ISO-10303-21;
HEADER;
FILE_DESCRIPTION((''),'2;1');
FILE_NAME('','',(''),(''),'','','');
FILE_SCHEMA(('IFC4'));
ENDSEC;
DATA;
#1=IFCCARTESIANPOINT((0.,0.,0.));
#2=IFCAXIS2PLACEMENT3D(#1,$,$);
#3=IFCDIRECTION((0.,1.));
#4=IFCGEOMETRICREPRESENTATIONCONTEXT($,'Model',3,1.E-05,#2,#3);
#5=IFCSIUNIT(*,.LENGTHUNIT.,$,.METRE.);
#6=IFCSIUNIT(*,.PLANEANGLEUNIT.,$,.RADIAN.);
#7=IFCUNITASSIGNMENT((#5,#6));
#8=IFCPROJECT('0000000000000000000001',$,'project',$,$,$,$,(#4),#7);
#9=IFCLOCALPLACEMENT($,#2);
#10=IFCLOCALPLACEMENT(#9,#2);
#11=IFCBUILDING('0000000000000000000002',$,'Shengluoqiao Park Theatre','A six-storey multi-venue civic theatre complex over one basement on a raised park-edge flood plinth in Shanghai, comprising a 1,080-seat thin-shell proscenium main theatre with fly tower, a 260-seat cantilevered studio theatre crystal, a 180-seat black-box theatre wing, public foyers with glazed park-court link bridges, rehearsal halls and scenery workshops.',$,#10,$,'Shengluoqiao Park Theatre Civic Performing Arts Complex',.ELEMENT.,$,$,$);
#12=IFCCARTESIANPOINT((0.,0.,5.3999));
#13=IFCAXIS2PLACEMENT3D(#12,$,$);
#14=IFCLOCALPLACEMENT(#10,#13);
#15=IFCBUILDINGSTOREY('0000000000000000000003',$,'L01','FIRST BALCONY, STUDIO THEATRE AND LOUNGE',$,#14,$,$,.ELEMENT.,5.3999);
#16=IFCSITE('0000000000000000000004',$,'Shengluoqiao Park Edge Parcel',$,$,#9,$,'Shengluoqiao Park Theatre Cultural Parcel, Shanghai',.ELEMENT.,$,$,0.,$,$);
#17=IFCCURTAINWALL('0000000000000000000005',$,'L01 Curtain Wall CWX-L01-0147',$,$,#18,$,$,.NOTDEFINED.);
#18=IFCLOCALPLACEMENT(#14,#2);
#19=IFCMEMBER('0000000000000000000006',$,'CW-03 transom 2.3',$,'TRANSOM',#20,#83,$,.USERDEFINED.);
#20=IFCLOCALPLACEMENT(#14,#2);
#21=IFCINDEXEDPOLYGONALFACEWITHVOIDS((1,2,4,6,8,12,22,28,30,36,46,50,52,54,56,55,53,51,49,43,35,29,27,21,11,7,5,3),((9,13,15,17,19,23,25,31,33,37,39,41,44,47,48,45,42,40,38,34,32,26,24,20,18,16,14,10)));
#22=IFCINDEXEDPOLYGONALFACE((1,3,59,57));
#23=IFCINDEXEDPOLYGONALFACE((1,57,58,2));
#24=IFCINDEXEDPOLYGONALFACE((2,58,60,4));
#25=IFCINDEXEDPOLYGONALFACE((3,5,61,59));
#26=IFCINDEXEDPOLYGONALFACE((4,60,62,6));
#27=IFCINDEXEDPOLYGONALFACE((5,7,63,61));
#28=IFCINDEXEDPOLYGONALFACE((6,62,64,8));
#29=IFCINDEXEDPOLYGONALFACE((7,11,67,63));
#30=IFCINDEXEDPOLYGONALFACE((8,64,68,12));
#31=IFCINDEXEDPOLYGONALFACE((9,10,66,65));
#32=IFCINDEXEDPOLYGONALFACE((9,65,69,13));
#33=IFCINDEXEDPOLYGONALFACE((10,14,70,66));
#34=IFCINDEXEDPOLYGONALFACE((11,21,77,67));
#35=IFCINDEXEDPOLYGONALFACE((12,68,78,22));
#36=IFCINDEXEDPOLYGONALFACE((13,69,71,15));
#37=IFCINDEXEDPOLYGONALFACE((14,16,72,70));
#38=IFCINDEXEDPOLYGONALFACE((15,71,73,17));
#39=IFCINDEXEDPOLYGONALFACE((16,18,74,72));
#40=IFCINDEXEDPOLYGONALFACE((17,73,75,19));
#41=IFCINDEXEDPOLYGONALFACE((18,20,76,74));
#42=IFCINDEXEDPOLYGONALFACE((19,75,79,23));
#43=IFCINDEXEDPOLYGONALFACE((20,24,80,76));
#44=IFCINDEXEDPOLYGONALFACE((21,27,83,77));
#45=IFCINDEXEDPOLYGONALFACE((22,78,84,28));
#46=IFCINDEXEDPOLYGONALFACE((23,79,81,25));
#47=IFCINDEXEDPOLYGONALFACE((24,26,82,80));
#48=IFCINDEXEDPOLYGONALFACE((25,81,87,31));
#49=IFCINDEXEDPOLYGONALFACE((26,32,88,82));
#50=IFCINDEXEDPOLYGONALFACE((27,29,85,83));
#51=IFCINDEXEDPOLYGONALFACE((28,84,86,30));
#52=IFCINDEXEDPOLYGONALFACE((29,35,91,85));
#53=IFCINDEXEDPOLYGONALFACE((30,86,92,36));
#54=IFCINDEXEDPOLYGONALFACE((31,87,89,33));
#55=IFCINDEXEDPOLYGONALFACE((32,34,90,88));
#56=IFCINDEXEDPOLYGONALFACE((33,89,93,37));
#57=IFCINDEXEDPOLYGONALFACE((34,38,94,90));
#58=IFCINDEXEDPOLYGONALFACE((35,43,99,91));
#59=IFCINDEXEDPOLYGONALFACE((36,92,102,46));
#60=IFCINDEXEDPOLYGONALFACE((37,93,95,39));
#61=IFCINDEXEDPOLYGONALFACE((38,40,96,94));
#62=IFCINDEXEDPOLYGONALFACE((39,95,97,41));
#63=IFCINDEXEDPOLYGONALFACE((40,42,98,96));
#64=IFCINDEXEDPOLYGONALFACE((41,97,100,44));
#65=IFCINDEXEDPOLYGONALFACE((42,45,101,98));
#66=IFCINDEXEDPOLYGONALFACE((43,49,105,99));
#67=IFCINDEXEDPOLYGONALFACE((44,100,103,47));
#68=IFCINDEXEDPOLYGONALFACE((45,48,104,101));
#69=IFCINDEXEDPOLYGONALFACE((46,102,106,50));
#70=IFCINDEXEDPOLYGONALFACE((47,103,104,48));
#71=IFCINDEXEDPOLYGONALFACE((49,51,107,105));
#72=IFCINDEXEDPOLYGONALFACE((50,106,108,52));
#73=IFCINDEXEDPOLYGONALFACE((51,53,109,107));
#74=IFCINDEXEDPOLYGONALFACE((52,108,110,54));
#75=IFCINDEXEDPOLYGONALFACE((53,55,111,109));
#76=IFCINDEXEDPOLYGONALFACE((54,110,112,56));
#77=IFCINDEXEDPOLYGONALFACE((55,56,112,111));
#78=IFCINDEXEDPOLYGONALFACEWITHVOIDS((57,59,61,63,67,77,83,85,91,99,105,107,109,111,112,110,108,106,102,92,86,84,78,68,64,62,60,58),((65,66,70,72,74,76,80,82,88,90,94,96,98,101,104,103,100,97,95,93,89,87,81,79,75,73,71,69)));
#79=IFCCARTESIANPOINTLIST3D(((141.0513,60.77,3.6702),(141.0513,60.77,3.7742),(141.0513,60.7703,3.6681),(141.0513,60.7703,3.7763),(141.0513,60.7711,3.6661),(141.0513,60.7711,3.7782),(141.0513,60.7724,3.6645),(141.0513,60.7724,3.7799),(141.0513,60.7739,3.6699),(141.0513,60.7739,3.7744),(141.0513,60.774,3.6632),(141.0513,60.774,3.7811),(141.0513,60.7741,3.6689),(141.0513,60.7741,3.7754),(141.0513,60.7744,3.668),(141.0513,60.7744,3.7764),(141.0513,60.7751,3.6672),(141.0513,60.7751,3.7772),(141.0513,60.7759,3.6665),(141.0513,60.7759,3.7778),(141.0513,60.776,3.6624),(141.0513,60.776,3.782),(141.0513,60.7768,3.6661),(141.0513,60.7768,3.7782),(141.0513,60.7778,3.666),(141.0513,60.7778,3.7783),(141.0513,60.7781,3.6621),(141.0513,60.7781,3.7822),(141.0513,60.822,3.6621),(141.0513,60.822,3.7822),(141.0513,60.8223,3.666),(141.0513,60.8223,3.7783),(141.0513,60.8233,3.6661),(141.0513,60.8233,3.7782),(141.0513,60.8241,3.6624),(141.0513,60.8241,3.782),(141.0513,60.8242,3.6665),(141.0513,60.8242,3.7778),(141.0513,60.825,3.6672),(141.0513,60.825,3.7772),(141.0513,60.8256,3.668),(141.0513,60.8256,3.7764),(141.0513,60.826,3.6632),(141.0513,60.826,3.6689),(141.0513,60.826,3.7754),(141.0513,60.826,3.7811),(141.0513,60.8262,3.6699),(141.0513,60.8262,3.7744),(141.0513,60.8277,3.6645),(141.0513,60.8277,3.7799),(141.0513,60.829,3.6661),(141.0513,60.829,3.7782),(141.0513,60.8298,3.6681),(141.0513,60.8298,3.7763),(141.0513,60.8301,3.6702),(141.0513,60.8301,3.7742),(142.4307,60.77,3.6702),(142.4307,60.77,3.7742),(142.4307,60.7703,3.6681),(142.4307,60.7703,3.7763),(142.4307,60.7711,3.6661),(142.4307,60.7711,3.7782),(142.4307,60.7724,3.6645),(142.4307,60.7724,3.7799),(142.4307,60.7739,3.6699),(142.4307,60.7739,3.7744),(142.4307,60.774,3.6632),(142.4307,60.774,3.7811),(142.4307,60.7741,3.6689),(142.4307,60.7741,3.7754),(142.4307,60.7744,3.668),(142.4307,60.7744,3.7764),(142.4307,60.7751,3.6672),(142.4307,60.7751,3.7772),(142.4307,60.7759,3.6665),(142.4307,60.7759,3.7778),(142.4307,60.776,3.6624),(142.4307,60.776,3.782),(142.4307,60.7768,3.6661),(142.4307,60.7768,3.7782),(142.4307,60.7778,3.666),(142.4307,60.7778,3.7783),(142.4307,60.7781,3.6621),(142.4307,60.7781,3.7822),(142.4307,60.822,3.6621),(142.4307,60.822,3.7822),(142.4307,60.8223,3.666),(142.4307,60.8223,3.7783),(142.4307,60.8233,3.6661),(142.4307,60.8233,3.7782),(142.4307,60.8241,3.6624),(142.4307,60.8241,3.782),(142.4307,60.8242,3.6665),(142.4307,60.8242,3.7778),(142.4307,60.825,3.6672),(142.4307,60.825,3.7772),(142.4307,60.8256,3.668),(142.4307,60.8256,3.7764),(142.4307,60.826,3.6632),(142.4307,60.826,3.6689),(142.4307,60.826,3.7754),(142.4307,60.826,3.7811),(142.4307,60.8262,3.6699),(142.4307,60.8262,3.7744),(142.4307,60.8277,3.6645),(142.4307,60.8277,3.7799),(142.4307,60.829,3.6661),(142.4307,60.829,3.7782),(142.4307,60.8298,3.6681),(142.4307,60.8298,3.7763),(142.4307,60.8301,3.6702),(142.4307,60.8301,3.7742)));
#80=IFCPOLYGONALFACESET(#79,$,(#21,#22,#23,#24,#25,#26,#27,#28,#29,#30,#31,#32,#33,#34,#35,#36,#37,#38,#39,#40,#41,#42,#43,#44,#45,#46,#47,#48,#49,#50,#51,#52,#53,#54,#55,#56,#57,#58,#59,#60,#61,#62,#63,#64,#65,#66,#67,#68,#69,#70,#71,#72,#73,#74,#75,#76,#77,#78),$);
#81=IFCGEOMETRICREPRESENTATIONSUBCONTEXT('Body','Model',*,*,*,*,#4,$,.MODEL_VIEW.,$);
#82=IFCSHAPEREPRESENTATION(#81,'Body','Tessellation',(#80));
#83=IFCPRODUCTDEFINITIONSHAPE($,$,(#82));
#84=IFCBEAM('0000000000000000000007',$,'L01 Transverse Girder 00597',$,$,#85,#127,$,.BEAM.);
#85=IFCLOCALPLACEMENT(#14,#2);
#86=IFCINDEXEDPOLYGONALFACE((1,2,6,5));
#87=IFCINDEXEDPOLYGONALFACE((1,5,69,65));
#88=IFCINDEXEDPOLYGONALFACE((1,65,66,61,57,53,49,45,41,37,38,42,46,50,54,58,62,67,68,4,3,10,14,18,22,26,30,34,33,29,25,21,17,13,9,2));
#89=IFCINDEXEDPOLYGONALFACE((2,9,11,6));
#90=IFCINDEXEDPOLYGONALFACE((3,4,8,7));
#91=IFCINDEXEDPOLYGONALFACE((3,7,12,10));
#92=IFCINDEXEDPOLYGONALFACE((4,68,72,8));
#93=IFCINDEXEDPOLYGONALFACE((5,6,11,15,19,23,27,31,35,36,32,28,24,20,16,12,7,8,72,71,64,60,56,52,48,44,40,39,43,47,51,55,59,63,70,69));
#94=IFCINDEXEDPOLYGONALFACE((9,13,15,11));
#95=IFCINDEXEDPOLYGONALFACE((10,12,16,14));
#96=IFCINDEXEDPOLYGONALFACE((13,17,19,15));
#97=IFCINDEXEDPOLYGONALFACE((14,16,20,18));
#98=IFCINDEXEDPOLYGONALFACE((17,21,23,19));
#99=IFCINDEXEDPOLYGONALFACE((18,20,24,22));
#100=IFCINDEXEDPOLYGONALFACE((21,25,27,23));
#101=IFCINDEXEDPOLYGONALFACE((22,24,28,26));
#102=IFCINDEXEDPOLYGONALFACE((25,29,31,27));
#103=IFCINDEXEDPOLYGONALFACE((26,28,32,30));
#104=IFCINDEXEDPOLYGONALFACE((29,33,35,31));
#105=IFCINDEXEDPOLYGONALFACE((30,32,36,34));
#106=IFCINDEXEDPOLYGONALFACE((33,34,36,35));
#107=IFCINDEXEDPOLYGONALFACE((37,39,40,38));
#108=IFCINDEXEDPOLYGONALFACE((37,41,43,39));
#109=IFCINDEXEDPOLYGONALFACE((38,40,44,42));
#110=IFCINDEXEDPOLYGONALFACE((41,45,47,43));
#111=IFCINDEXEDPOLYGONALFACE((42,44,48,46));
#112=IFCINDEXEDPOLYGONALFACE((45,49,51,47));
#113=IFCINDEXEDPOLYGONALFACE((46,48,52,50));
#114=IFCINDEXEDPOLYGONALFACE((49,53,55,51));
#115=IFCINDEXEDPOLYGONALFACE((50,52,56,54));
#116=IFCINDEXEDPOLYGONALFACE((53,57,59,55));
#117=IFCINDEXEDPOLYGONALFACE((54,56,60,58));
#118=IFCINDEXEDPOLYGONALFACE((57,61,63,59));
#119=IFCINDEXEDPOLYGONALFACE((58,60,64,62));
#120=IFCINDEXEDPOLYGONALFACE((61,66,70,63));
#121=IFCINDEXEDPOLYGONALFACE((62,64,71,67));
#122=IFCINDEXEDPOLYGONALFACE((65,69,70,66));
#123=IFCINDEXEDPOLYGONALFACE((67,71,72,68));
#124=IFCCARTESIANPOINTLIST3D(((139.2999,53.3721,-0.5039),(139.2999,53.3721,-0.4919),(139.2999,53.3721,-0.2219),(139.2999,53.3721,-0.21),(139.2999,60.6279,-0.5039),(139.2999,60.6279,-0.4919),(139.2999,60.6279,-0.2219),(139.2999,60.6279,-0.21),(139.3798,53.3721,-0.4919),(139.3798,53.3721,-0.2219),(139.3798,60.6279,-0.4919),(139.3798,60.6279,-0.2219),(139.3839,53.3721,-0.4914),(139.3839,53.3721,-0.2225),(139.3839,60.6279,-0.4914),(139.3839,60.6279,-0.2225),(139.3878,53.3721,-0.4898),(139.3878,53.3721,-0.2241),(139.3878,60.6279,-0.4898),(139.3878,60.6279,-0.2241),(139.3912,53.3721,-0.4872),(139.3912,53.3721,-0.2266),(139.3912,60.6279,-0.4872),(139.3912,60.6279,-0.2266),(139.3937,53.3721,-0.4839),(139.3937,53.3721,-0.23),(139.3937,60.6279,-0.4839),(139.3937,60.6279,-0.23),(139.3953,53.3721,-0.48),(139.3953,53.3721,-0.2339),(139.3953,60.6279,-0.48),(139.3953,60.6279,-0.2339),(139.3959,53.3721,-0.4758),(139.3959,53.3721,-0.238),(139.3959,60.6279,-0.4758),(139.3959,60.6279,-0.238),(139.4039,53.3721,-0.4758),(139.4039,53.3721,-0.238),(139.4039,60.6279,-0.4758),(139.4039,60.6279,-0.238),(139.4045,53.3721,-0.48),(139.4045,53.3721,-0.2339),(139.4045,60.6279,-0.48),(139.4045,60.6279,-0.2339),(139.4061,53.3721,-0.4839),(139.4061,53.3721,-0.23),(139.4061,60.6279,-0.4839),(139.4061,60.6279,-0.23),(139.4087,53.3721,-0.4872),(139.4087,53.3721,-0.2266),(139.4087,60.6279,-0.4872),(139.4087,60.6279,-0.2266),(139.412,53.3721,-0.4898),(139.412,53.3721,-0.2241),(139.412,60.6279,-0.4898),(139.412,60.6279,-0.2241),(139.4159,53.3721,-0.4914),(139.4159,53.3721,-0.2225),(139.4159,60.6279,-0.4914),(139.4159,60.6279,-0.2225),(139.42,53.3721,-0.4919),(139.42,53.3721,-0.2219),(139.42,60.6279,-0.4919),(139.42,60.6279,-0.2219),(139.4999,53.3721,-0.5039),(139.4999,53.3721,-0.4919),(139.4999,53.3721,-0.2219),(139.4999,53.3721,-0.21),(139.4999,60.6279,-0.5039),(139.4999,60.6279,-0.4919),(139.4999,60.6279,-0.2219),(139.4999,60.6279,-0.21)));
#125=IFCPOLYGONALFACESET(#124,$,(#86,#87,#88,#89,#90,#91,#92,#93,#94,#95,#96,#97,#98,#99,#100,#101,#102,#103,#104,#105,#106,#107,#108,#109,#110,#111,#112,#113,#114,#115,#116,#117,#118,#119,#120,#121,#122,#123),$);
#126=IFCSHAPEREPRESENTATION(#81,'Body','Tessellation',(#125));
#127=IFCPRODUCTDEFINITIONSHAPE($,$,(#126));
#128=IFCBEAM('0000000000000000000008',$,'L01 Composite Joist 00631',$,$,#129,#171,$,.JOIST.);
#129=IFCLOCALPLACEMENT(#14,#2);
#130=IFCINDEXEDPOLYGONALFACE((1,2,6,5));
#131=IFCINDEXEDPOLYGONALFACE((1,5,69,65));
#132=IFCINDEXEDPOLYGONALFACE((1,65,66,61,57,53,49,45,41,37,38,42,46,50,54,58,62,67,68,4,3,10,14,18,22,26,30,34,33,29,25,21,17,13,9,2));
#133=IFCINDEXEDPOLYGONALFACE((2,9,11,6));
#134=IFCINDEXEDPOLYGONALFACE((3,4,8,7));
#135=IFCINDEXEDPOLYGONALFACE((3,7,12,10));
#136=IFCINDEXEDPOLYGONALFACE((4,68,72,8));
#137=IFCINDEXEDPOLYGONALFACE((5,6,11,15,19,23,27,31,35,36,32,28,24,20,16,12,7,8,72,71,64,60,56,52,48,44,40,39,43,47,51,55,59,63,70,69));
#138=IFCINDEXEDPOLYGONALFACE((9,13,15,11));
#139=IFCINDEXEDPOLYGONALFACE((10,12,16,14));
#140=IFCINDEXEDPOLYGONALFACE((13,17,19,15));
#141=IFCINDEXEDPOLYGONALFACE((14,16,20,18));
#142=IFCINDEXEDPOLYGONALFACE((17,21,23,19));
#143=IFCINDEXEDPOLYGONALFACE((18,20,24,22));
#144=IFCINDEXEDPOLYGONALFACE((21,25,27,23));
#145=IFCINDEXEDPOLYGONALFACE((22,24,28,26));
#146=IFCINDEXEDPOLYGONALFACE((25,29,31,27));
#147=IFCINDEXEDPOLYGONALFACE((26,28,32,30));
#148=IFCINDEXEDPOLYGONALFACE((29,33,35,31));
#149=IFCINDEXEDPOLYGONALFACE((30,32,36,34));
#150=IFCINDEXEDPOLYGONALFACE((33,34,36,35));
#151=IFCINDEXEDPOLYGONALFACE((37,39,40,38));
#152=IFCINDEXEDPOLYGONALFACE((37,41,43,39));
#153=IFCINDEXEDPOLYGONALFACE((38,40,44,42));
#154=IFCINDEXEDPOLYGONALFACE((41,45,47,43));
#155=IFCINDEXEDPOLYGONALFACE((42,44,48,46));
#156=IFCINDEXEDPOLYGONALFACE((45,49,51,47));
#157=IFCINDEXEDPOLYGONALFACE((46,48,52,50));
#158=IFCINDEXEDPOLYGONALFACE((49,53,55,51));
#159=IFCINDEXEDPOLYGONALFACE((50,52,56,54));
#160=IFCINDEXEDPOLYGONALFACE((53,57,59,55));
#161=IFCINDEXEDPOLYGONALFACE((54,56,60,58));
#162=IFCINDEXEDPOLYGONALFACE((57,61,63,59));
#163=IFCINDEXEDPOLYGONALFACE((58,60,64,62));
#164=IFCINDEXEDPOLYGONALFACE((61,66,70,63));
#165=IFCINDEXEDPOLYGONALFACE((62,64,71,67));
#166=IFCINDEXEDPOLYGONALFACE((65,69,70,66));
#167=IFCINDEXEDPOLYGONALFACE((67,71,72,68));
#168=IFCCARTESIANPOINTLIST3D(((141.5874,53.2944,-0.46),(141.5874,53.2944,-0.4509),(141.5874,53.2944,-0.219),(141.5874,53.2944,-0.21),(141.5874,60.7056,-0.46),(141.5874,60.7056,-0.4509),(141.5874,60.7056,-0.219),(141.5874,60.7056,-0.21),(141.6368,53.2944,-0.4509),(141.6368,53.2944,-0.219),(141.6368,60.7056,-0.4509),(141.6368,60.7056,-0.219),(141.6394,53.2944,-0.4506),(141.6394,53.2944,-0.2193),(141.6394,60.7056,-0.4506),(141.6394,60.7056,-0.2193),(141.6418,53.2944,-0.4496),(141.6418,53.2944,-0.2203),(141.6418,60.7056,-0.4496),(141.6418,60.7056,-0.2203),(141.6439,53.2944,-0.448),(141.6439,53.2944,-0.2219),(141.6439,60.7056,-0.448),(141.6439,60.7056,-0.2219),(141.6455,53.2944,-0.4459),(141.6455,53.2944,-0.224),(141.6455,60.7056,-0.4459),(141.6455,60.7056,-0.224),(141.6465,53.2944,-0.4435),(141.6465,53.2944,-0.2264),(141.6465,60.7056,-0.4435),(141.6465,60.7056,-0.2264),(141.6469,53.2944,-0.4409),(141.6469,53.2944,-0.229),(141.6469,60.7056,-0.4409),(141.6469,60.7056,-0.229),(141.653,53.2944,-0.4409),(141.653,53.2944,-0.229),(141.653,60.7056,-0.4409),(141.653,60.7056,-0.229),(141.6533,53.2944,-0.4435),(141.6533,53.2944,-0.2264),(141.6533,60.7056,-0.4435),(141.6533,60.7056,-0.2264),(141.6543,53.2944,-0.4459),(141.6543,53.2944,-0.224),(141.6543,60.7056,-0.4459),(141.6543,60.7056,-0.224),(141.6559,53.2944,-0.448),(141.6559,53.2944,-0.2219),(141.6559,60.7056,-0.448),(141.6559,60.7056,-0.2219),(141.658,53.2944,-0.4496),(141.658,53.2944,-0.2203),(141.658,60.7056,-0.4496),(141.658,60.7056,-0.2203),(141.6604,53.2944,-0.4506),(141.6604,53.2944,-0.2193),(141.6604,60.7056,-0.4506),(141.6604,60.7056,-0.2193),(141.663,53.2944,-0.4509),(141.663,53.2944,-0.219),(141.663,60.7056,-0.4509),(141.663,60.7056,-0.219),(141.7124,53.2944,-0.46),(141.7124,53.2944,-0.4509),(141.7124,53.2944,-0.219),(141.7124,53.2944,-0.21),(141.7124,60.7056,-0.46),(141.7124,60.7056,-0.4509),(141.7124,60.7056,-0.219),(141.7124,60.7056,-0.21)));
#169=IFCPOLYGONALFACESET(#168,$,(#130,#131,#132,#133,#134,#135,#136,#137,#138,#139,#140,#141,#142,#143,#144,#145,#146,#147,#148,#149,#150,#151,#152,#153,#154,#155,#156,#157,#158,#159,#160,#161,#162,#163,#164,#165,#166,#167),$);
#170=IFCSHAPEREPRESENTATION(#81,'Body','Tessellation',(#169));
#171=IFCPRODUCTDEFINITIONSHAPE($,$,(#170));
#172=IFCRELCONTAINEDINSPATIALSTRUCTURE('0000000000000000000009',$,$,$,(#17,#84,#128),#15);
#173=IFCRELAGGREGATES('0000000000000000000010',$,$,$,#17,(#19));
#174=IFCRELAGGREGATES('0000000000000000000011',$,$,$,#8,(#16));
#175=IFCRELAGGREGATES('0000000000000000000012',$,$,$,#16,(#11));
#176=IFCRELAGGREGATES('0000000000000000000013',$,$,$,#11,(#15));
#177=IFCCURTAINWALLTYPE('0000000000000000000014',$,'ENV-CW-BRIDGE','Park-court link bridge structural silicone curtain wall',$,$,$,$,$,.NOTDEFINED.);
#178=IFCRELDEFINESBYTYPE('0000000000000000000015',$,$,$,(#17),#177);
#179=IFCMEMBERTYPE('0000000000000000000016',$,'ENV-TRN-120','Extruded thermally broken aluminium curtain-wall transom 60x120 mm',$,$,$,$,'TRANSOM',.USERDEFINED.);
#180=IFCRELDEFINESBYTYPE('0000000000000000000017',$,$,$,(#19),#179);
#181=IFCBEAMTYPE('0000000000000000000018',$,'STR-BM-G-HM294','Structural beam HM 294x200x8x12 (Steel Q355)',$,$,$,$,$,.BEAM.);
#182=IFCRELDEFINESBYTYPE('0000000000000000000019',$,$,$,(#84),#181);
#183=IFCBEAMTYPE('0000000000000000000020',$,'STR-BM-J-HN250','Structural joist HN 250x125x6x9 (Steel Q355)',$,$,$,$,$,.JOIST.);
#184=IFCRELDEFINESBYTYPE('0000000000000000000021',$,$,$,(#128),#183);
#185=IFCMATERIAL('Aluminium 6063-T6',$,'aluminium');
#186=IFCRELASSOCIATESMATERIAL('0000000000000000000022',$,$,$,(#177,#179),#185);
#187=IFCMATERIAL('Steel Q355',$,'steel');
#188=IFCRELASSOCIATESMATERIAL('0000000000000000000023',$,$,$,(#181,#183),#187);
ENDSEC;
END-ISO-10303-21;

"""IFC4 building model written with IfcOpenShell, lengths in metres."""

from ifc_helpers import new_model, si_unit, direction, frame, origin, origin_2d, place, context, subcontext, project, spatial, hollow_rectangle, i_section, extrude, material, material_profile, profile_set, type_object, element, aggregate, save


model = new_model("IFC4")

# Units and contexts
model_context = context("Model", 3, precision=1e-05, world=origin(), true_north=direction((0.0, 1.0)))
body_context = subcontext(model_context, "Body", "Model", "MODEL_VIEW")
ifc_project = project(units=[si_unit("LENGTHUNIT", "METRE"), si_unit("PLANEANGLEUNIT", "RADIAN")], contexts=[model_context])

# Site, building, storey
site_placement = place(None, origin())
site = spatial("IfcSite", under=ifc_project, at=site_placement, Name="Shengluoqiao Park Edge Parcel", LongName="Shengluoqiao Park Theatre Cultural Parcel, Shanghai", CompositionType="ELEMENT", RefElevation=0.0)
building_placement = place(site_placement, origin())
building = spatial("IfcBuilding", under=site, at=building_placement, Name="Shengluoqiao Park Theatre", Description="A six-storey multi-venue civic theatre complex over one basement on a raised park-edge flood plinth in Shanghai, comprising a 1,080-seat thin-shell proscenium main theatre with fly tower, a 260-seat cantilevered studio theatre crystal, a 180-seat black-box theatre wing, public foyers with glazed park-court link bridges, rehearsal halls and scenery workshops.", LongName="Shengluoqiao Park Theatre Civic Performing Arts Complex", CompositionType="ELEMENT")
storey_placement = place(building_placement, frame((0.0, 0.0, 5.3999)))
storey = spatial("IfcBuildingStorey", under=building, at=storey_placement, Name="L01", Description="FIRST BALCONY, STUDIO THEATRE AND LOUNGE", CompositionType="ELEMENT", Elevation=5.3999)

# Shared definitions
ifc_material_1 = material(Name="Steel Q355", Category="steel")

# Curtain wall
ifc_material_2 = material(Name="Aluminium 6063-T6", Category="aluminium")
curtain_wall_type = type_object("IfcCurtainWallType", Name="ENV-CW-BRIDGE", Description="Park-court link bridge structural silicone curtain wall", PredefinedType="NOTDEFINED", material=ifc_material_2)
curtain_wall_1_placement = place(storey_placement, origin())
curtain_wall_1 = element("IfcCurtainWall", 1, at=curtain_wall_1_placement, inside=storey, type_object=curtain_wall_type, Name="L01 Curtain Wall CWX-L01-0147", PredefinedType="NOTDEFINED")

# Member
ifc_material_profile_1 = material_profile(ifc_material_2, hollow_rectangle(XDim=0.0601, YDim=0.1201, WallThickness=0.0039, InnerFilletRadius=0.0039, OuterFilletRadius=0.0081, at=origin_2d()), Name="ALU TRANSOM 120x60x4")
ifc_profile_set_1 = profile_set([ifc_material_profile_1], Name="Aluminium 6063-T6")
member_type_1 = type_object("IfcMemberType", Name="ENV-TRN-120", Description="Extruded thermally broken aluminium curtain-wall transom 60x120 mm", ElementType="TRANSOM", PredefinedType="USERDEFINED", material=ifc_profile_set_1)
member_1_placement = place(storey_placement, frame((141.0513, 60.8, 3.7222), z_axis=(1.0, 0.0, 0.0), x_axis=(0.0, 1.0, 0.0)))
member_1 = element("IfcMember", 2, at=member_1_placement, type_object=member_type_1, Name="CW-03 transom 2.3", ObjectType="TRANSOM", PredefinedType="USERDEFINED", context=body_context, shape_type="SweptSolid", body=[
    extrude(hollow_rectangle(XDim=0.0601, YDim=0.1201, WallThickness=0.0039, InnerFilletRadius=0.0039, OuterFilletRadius=0.0081, at=origin_2d()), origin(), (0.0, 0.0, 1.0), 1.3794),
])

# Beams
ifc_material_profile_2 = material_profile(ifc_material_1, i_section(OverallWidth=0.2, OverallDepth=0.2939, WebThickness=0.0081, FlangeThickness=0.012, FilletRadius=0.0161, at=origin_2d()), Name="HM 294x200x8x12")
ifc_profile_set_2 = profile_set([ifc_material_profile_2], Name="Steel Q355")
beam_type_1 = type_object("IfcBeamType", Name="STR-BM-G-HM294", Description="Structural beam HM 294x200x8x12 (Steel Q355)", PredefinedType="BEAM", material=ifc_profile_set_2)
beam_1_placement = place(storey_placement, frame((139.3999, 53.3721, -0.3569), z_axis=(0.0, 1.0, 0.0), x_axis=(-1.0, 0.0, 0.0)))
element("IfcBeam", 3, at=beam_1_placement, inside=storey, type_object=beam_type_1, Name="L01 Transverse Girder 00597", PredefinedType="BEAM", context=body_context, shape_type="SweptSolid", body=[
    extrude(i_section(OverallWidth=0.2, OverallDepth=0.2939, WebThickness=0.0081, FlangeThickness=0.012, FilletRadius=0.0161, at=origin_2d()), origin(), (0.0, 0.0, 1.0), 7.2559),
])
ifc_material_profile_3 = material_profile(ifc_material_1, i_section(OverallWidth=0.125, OverallDepth=0.25, WebThickness=0.0061, FlangeThickness=0.009, FilletRadius=0.01, at=origin_2d()), Name="HN 250x125x6x9")
ifc_profile_set_3 = profile_set([ifc_material_profile_3], Name="Steel Q355")
beam_type_2 = type_object("IfcBeamType", Name="STR-BM-J-HN250", Description="Structural joist HN 250x125x6x9 (Steel Q355)", PredefinedType="JOIST", material=ifc_profile_set_3)
beam_2_placement = place(storey_placement, frame((141.6499, 53.2944, -0.335), z_axis=(0.0, 1.0, 0.0), x_axis=(-1.0, 0.0, 0.0)))
element("IfcBeam", 4, at=beam_2_placement, inside=storey, type_object=beam_type_2, Name="L01 Composite Joist 00631", PredefinedType="JOIST", context=body_context, shape_type="SweptSolid", body=[
    extrude(i_section(OverallWidth=0.125, OverallDepth=0.25, WebThickness=0.0061, FlangeThickness=0.009, FilletRadius=0.01, at=origin_2d()), origin(), (0.0, 0.0, 1.0), 7.4111),
])

aggregate(curtain_wall_1, [member_1])

save(model, "model.ifc")
